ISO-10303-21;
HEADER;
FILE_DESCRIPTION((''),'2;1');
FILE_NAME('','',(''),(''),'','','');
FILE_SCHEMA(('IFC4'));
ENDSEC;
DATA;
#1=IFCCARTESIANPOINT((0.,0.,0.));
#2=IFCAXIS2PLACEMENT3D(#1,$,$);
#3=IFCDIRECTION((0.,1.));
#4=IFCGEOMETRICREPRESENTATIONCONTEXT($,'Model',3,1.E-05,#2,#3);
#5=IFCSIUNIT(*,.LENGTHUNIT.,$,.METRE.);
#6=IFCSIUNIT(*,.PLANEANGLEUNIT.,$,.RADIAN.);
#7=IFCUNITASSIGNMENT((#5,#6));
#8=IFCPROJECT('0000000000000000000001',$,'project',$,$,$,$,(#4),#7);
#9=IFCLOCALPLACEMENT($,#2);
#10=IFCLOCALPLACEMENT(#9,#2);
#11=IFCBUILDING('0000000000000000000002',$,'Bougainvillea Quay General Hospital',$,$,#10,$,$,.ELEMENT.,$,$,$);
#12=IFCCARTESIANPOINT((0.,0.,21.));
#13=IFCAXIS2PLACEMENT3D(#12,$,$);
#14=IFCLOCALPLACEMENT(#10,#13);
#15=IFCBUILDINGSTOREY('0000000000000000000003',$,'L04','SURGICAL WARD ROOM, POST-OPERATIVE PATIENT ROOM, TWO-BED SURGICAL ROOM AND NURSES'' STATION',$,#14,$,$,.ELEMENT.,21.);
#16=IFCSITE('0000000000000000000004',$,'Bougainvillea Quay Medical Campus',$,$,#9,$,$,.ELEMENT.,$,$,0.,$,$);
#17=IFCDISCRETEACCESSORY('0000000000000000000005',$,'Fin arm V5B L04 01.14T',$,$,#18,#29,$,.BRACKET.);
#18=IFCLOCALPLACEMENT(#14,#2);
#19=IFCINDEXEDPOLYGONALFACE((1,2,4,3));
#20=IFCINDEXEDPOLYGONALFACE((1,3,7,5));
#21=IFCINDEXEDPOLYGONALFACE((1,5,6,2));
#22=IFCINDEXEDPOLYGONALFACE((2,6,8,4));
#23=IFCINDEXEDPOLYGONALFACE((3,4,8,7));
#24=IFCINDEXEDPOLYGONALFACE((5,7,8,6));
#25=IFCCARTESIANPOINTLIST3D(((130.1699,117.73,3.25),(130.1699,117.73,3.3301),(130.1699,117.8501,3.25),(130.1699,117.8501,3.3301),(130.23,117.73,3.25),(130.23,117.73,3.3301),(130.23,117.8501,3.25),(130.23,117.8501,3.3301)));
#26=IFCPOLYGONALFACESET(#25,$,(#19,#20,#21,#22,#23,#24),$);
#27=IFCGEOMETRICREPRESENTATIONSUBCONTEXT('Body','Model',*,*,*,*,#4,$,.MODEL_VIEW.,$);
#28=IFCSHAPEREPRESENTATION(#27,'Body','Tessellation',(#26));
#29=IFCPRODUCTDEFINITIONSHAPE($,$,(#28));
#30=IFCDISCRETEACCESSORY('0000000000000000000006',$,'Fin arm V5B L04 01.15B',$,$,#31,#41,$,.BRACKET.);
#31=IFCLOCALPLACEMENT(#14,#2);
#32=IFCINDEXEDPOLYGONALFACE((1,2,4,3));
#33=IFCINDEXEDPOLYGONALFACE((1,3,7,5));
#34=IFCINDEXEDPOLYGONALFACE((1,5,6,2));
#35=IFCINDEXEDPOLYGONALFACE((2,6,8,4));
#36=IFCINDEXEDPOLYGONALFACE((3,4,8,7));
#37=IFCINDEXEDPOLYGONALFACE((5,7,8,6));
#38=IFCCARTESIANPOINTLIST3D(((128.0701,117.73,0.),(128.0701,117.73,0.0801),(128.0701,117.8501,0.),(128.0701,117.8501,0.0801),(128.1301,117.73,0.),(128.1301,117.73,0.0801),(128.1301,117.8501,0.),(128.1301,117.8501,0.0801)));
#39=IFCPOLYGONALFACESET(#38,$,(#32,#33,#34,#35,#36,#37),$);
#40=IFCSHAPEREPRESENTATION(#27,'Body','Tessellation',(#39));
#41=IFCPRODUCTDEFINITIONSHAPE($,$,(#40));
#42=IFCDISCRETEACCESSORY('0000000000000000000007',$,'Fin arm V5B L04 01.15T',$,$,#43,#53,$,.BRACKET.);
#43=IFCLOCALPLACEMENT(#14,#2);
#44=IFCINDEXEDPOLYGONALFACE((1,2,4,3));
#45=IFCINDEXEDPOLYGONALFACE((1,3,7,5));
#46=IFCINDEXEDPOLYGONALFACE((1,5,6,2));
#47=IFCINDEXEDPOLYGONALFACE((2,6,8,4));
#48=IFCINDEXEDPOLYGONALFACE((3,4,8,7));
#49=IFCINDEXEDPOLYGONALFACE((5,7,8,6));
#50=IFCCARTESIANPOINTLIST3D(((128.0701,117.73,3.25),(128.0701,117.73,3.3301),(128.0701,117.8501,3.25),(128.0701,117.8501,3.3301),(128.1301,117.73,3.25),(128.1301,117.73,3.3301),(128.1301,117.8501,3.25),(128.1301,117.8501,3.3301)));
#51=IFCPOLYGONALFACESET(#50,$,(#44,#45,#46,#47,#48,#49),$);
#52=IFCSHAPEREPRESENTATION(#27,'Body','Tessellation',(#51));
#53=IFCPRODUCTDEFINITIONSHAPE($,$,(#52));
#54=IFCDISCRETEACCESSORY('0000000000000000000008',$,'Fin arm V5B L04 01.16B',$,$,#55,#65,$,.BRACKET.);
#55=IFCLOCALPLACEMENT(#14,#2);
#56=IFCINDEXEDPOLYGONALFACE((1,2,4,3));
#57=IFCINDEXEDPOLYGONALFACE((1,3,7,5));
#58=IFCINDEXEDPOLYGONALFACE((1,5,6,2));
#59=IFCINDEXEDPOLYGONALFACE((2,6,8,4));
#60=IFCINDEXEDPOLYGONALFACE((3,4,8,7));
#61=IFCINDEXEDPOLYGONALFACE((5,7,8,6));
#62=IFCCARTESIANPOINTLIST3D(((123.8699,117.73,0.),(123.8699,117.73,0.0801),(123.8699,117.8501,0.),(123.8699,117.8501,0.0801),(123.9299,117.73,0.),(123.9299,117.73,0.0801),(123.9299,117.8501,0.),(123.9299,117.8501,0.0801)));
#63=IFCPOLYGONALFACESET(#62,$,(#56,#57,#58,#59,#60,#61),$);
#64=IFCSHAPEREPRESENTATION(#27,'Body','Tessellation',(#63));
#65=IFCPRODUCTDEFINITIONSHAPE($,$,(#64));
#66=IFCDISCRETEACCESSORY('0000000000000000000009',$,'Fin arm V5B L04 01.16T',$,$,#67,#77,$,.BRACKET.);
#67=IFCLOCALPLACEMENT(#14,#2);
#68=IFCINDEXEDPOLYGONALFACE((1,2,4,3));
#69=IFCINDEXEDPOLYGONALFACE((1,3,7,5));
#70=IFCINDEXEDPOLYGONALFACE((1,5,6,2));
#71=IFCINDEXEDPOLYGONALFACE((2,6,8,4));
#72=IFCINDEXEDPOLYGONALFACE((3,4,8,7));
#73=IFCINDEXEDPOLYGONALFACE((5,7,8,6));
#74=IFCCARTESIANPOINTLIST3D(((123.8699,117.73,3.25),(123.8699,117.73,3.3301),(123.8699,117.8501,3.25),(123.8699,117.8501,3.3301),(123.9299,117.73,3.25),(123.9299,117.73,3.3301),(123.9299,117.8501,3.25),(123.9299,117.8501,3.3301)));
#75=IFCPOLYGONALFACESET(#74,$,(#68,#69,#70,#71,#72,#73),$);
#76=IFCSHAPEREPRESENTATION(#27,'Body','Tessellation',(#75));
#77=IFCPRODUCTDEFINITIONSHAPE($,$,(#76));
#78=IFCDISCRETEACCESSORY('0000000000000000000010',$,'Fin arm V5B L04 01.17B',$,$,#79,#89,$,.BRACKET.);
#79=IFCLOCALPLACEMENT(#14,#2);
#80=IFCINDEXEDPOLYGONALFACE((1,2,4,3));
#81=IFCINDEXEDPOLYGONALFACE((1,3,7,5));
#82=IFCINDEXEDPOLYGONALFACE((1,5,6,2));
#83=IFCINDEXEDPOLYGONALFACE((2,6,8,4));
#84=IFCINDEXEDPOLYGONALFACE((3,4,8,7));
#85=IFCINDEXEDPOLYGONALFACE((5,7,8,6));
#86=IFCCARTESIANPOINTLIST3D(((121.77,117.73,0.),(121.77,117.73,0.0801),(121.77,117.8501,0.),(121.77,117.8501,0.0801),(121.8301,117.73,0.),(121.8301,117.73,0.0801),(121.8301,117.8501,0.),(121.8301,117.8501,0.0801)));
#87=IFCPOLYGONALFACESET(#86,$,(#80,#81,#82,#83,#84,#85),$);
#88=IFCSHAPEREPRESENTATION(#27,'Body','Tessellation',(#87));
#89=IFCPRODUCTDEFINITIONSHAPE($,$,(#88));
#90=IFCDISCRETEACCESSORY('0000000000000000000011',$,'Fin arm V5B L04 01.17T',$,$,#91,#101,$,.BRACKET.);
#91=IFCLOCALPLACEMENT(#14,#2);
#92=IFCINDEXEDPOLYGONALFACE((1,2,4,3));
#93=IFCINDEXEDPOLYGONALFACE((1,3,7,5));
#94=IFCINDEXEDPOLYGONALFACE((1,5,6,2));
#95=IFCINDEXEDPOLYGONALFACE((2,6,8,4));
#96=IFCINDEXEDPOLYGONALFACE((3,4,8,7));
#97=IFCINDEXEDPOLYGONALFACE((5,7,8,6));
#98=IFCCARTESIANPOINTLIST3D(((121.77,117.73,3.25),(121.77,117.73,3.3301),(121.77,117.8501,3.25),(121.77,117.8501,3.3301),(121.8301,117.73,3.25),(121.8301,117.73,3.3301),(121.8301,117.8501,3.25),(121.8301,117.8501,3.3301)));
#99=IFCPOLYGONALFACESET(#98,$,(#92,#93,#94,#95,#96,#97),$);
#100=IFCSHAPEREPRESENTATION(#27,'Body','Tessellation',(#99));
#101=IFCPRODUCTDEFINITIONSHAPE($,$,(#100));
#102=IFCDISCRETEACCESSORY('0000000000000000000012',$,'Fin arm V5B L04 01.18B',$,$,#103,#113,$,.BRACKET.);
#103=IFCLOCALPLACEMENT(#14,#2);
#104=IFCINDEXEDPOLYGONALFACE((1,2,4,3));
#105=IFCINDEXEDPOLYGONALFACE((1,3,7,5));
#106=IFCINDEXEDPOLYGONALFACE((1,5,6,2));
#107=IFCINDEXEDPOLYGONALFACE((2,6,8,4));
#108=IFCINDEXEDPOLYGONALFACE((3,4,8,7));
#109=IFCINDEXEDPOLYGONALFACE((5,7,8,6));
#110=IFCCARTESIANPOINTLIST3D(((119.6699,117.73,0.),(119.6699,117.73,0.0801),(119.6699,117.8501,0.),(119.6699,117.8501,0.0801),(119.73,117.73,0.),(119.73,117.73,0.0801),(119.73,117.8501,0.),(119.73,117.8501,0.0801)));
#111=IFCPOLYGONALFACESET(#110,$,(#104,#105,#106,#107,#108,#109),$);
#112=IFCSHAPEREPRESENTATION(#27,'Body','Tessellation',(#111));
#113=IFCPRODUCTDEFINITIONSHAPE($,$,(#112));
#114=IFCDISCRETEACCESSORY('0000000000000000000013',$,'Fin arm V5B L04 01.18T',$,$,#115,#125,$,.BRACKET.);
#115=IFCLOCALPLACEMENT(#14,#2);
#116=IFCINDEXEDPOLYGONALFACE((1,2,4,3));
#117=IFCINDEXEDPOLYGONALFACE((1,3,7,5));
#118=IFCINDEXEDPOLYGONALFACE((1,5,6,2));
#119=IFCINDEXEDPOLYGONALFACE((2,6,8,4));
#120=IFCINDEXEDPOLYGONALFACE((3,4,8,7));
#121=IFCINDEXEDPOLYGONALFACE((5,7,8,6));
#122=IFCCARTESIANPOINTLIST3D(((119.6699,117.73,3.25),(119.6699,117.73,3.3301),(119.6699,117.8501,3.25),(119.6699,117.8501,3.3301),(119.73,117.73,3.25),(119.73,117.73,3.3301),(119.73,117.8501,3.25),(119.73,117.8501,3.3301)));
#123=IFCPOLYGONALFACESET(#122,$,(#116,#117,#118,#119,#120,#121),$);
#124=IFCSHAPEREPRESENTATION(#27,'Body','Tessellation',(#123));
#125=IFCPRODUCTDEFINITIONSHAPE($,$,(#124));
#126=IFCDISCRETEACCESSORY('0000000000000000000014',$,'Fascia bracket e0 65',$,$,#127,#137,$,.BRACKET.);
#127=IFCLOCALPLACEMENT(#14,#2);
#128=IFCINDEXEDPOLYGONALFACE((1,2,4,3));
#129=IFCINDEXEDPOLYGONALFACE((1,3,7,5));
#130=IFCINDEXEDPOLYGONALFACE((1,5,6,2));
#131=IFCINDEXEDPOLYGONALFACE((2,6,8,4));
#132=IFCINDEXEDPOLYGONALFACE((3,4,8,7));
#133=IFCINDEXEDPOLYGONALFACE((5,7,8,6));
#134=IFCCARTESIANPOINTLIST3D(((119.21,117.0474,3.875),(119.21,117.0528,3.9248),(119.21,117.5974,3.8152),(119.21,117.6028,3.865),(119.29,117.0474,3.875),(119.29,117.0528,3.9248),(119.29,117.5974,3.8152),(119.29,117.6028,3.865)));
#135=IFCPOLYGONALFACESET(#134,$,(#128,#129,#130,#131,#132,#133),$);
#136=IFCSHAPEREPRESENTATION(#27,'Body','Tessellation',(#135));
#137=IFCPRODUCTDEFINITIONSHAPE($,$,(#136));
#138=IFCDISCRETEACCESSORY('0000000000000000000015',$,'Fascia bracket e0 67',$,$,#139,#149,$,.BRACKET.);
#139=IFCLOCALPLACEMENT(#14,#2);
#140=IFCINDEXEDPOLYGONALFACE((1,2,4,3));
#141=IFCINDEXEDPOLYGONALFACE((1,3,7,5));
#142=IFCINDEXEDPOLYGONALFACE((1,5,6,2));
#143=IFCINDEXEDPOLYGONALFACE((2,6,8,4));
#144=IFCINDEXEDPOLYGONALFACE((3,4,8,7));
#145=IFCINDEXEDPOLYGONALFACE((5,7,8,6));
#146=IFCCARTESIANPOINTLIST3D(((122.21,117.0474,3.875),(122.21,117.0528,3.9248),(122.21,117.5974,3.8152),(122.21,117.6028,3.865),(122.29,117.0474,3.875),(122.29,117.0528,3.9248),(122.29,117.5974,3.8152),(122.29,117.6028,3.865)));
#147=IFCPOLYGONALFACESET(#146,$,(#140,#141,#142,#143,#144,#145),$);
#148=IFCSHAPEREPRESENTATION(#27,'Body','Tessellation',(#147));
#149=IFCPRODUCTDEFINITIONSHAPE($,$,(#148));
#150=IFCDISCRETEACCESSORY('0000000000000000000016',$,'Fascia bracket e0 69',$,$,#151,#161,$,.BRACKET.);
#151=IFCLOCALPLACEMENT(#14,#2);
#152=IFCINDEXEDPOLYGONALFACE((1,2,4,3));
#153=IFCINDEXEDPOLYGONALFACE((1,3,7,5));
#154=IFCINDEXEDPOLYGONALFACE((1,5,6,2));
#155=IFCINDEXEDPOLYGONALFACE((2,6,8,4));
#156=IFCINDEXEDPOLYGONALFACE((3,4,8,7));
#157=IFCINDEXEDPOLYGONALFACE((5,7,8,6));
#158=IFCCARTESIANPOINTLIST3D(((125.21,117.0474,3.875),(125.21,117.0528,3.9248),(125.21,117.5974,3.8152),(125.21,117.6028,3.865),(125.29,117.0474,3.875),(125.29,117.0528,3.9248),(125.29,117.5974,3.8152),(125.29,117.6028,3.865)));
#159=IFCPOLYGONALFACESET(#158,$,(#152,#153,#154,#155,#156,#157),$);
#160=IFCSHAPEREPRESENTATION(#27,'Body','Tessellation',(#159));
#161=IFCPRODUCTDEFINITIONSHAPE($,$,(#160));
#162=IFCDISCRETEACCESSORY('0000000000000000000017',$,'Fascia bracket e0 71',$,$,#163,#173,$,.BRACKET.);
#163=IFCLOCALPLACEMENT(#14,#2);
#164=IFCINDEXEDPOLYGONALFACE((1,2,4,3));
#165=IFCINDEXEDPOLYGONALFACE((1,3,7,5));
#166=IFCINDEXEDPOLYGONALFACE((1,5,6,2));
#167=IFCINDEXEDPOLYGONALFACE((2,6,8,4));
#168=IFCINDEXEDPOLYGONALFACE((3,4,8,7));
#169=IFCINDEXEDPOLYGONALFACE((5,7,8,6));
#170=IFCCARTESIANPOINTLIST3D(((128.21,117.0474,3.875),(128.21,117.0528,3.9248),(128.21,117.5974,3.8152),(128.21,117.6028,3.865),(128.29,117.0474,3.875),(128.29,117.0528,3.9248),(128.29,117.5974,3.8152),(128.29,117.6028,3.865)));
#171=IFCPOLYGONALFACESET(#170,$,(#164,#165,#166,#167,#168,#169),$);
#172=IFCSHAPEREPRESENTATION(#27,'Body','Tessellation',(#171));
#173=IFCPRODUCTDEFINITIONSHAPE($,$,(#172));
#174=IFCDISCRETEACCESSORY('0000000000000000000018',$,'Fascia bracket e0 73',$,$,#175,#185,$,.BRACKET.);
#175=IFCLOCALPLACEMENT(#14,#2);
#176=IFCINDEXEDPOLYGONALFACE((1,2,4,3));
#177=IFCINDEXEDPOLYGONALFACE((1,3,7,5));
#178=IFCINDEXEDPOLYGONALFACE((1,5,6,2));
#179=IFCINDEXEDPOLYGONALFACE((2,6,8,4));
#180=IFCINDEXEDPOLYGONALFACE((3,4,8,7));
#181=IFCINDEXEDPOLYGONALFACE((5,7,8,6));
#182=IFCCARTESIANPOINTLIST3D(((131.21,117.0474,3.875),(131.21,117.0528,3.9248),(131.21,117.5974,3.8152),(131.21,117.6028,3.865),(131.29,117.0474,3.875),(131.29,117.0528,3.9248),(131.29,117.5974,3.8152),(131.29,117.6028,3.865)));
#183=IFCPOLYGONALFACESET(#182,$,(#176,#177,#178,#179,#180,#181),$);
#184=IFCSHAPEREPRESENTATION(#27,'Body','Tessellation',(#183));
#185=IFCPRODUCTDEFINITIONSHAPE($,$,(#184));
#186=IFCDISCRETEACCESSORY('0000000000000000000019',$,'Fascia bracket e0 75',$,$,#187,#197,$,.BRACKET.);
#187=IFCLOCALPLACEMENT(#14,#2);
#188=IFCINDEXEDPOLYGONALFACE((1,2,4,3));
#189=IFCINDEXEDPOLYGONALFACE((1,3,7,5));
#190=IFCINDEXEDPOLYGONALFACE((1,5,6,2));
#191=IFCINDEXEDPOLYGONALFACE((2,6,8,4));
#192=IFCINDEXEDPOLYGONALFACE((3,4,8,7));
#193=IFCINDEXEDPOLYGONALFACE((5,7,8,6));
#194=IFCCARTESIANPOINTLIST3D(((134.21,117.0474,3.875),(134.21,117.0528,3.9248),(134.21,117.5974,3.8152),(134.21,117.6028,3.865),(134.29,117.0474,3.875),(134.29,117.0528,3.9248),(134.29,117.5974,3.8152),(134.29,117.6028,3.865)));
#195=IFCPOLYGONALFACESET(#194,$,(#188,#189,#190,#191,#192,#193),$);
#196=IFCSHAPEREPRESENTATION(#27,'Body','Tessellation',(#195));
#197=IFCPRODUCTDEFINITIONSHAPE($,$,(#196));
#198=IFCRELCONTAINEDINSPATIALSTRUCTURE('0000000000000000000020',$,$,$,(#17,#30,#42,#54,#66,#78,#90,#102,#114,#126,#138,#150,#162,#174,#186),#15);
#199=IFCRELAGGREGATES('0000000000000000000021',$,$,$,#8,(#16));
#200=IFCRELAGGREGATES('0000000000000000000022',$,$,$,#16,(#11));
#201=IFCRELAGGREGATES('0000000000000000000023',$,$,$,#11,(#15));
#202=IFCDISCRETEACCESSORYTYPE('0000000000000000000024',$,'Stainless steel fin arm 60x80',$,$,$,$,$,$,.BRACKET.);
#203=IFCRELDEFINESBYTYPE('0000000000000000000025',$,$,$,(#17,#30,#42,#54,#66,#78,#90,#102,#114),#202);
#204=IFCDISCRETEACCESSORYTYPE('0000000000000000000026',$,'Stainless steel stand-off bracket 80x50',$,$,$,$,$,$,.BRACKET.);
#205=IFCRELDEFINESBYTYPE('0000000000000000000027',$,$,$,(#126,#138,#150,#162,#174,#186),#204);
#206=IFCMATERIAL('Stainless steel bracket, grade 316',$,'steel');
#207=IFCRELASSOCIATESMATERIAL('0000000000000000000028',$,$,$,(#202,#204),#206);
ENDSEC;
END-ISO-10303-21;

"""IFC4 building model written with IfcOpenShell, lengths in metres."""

from ifc_helpers import new_model, si_unit, direction, frame, origin, origin_2d, place, context, subcontext, project, spatial, rectangle, extrude, material, material_profile, profile_set, type_object, element, save


model = new_model("IFC4")

# Units and contexts
model_context = context("Model", 3, precision=1e-05, world=origin(), true_north=direction((0.0, 1.0)))
body_context = subcontext(model_context, "Body", "Model", "MODEL_VIEW")
ifc_project = project(units=[si_unit("LENGTHUNIT", "METRE"), si_unit("PLANEANGLEUNIT", "RADIAN")], contexts=[model_context])

# Site, building, storey
site_placement = place(None, origin())
site = spatial("IfcSite", under=ifc_project, at=site_placement, Name="Bougainvillea Quay Medical Campus", CompositionType="ELEMENT", RefElevation=0.0)
building_placement = place(site_placement, origin())
building = spatial("IfcBuilding", under=site, at=building_placement, Name="Bougainvillea Quay General Hospital", CompositionType="ELEMENT")
storey_placement = place(building_placement, frame((0.0, 0.0, 21.0)))
storey = spatial("IfcBuildingStorey", under=building, at=storey_placement, Name="L04", Description="SURGICAL WARD ROOM, POST-OPERATIVE PATIENT ROOM, TWO-BED SURGICAL ROOM AND NURSES' STATION", CompositionType="ELEMENT", Elevation=21.0)

# Discrete accessories
ifc_material_1 = material(Name="Stainless steel bracket, grade 316", Category="steel")
discrete_accessory_type_1 = type_object("IfcDiscreteAccessoryType", Name="Stainless steel fin arm 60x80", PredefinedType="BRACKET", material=ifc_material_1)
for number, where, z_axis, x_axis, name in (
    (1, (130.2, 117.79, 3.25), (0.0, 0.0, 1.0), (0.0, -1.0, 0.0), "Fin arm V5B L04 01.14T"),
    (2, (128.1001, 117.79, 0.0), (0.0, 0.0, 1.0), (0.0, -1.0, 0.0), "Fin arm V5B L04 01.15B"),
    (3, (128.1001, 117.79, 3.25), (0.0, 0.0, 1.0), (0.0, -1.0, 0.0), "Fin arm V5B L04 01.15T"),
    (4, (123.8999, 117.79, 0.0), (0.0, 0.0, 1.0), (0.0, -1.0, 0.0), "Fin arm V5B L04 01.16B"),
    (5, (123.8999, 117.79, 3.25), (0.0, 0.0, 1.0), (0.0, -1.0, 0.0), "Fin arm V5B L04 01.16T"),
    (6, (121.8, 117.79, 0.0), (0.0, 0.0, 1.0), (0.0, -1.0, 0.0), "Fin arm V5B L04 01.17B"),
    (7, (121.8, 117.79, 3.25), (0.0, 0.0, 1.0), (0.0, -1.0, 0.0), "Fin arm V5B L04 01.17T"),
    (8, (119.7, 117.79, 0.0), (0.0, 0.0, 1.0), (0.0, -1.0, 0.0), "Fin arm V5B L04 01.18B"),
    (9, (119.7, 117.79, 3.25), (0.0, 0.0, 1.0), (0.0, -1.0, 0.0), "Fin arm V5B L04 01.18T"),
):
    element("IfcDiscreteAccessory", number, at=place(storey_placement, frame(where, z_axis=z_axis, x_axis=x_axis)), inside=storey, type_object=discrete_accessory_type_1, Name=name, PredefinedType="BRACKET", context=body_context, shape_type="SweptSolid", body=[
        extrude(rectangle(XDim=0.1201, YDim=0.0601, at=origin_2d()), origin(), (0.0, 0.0, 1.0), 0.0801),
    ])
ifc_material_profile_1 = material_profile(ifc_material_1, rectangle(XDim=0.0801, YDim=0.05, at=origin_2d()))
ifc_profile_set_1 = profile_set([ifc_material_profile_1], Name="Stainless steel bracket, grade 316")
discrete_accessory_type_2 = type_object("IfcDiscreteAccessoryType", Name="Stainless steel stand-off bracket 80x50", PredefinedType="BRACKET", material=ifc_profile_set_1)
for number, where, z_axis, x_axis, name in (
    (10, (119.25, 117.6001, 3.8401), (0.0, -0.994139, 0.108107), (1.0, 0.0, 0.0), "Fascia bracket e0 65"),
    (11, (122.25, 117.6001, 3.8401), (0.0, -0.994139, 0.108107), (1.0, 0.0, 0.0), "Fascia bracket e0 67"),
    (12, (125.25, 117.6001, 3.8401), (0.0, -0.994139, 0.108107), (1.0, 0.0, 0.0), "Fascia bracket e0 69"),
    (13, (128.25, 117.6001, 3.8401), (0.0, -0.994139, 0.108107), (1.0, 0.0, 0.0), "Fascia bracket e0 71"),
    (14, (131.25, 117.6001, 3.8401), (0.0, -0.994139, 0.108107), (1.0, 0.0, 0.0), "Fascia bracket e0 73"),
    (15, (134.25, 117.6001, 3.8401), (0.0, -0.994139, 0.108107), (1.0, 0.0, 0.0), "Fascia bracket e0 75"),
):
    element("IfcDiscreteAccessory", number, at=place(storey_placement, frame(where, z_axis=z_axis, x_axis=x_axis)), inside=storey, type_object=discrete_accessory_type_2, Name=name, PredefinedType="BRACKET", context=body_context, shape_type="SweptSolid", body=[
        extrude(rectangle(XDim=0.0801, YDim=0.05, at=origin_2d()), origin(), (0.0, 0.0, 1.0), 0.5532),
    ])

save(model, "model.ifc")
